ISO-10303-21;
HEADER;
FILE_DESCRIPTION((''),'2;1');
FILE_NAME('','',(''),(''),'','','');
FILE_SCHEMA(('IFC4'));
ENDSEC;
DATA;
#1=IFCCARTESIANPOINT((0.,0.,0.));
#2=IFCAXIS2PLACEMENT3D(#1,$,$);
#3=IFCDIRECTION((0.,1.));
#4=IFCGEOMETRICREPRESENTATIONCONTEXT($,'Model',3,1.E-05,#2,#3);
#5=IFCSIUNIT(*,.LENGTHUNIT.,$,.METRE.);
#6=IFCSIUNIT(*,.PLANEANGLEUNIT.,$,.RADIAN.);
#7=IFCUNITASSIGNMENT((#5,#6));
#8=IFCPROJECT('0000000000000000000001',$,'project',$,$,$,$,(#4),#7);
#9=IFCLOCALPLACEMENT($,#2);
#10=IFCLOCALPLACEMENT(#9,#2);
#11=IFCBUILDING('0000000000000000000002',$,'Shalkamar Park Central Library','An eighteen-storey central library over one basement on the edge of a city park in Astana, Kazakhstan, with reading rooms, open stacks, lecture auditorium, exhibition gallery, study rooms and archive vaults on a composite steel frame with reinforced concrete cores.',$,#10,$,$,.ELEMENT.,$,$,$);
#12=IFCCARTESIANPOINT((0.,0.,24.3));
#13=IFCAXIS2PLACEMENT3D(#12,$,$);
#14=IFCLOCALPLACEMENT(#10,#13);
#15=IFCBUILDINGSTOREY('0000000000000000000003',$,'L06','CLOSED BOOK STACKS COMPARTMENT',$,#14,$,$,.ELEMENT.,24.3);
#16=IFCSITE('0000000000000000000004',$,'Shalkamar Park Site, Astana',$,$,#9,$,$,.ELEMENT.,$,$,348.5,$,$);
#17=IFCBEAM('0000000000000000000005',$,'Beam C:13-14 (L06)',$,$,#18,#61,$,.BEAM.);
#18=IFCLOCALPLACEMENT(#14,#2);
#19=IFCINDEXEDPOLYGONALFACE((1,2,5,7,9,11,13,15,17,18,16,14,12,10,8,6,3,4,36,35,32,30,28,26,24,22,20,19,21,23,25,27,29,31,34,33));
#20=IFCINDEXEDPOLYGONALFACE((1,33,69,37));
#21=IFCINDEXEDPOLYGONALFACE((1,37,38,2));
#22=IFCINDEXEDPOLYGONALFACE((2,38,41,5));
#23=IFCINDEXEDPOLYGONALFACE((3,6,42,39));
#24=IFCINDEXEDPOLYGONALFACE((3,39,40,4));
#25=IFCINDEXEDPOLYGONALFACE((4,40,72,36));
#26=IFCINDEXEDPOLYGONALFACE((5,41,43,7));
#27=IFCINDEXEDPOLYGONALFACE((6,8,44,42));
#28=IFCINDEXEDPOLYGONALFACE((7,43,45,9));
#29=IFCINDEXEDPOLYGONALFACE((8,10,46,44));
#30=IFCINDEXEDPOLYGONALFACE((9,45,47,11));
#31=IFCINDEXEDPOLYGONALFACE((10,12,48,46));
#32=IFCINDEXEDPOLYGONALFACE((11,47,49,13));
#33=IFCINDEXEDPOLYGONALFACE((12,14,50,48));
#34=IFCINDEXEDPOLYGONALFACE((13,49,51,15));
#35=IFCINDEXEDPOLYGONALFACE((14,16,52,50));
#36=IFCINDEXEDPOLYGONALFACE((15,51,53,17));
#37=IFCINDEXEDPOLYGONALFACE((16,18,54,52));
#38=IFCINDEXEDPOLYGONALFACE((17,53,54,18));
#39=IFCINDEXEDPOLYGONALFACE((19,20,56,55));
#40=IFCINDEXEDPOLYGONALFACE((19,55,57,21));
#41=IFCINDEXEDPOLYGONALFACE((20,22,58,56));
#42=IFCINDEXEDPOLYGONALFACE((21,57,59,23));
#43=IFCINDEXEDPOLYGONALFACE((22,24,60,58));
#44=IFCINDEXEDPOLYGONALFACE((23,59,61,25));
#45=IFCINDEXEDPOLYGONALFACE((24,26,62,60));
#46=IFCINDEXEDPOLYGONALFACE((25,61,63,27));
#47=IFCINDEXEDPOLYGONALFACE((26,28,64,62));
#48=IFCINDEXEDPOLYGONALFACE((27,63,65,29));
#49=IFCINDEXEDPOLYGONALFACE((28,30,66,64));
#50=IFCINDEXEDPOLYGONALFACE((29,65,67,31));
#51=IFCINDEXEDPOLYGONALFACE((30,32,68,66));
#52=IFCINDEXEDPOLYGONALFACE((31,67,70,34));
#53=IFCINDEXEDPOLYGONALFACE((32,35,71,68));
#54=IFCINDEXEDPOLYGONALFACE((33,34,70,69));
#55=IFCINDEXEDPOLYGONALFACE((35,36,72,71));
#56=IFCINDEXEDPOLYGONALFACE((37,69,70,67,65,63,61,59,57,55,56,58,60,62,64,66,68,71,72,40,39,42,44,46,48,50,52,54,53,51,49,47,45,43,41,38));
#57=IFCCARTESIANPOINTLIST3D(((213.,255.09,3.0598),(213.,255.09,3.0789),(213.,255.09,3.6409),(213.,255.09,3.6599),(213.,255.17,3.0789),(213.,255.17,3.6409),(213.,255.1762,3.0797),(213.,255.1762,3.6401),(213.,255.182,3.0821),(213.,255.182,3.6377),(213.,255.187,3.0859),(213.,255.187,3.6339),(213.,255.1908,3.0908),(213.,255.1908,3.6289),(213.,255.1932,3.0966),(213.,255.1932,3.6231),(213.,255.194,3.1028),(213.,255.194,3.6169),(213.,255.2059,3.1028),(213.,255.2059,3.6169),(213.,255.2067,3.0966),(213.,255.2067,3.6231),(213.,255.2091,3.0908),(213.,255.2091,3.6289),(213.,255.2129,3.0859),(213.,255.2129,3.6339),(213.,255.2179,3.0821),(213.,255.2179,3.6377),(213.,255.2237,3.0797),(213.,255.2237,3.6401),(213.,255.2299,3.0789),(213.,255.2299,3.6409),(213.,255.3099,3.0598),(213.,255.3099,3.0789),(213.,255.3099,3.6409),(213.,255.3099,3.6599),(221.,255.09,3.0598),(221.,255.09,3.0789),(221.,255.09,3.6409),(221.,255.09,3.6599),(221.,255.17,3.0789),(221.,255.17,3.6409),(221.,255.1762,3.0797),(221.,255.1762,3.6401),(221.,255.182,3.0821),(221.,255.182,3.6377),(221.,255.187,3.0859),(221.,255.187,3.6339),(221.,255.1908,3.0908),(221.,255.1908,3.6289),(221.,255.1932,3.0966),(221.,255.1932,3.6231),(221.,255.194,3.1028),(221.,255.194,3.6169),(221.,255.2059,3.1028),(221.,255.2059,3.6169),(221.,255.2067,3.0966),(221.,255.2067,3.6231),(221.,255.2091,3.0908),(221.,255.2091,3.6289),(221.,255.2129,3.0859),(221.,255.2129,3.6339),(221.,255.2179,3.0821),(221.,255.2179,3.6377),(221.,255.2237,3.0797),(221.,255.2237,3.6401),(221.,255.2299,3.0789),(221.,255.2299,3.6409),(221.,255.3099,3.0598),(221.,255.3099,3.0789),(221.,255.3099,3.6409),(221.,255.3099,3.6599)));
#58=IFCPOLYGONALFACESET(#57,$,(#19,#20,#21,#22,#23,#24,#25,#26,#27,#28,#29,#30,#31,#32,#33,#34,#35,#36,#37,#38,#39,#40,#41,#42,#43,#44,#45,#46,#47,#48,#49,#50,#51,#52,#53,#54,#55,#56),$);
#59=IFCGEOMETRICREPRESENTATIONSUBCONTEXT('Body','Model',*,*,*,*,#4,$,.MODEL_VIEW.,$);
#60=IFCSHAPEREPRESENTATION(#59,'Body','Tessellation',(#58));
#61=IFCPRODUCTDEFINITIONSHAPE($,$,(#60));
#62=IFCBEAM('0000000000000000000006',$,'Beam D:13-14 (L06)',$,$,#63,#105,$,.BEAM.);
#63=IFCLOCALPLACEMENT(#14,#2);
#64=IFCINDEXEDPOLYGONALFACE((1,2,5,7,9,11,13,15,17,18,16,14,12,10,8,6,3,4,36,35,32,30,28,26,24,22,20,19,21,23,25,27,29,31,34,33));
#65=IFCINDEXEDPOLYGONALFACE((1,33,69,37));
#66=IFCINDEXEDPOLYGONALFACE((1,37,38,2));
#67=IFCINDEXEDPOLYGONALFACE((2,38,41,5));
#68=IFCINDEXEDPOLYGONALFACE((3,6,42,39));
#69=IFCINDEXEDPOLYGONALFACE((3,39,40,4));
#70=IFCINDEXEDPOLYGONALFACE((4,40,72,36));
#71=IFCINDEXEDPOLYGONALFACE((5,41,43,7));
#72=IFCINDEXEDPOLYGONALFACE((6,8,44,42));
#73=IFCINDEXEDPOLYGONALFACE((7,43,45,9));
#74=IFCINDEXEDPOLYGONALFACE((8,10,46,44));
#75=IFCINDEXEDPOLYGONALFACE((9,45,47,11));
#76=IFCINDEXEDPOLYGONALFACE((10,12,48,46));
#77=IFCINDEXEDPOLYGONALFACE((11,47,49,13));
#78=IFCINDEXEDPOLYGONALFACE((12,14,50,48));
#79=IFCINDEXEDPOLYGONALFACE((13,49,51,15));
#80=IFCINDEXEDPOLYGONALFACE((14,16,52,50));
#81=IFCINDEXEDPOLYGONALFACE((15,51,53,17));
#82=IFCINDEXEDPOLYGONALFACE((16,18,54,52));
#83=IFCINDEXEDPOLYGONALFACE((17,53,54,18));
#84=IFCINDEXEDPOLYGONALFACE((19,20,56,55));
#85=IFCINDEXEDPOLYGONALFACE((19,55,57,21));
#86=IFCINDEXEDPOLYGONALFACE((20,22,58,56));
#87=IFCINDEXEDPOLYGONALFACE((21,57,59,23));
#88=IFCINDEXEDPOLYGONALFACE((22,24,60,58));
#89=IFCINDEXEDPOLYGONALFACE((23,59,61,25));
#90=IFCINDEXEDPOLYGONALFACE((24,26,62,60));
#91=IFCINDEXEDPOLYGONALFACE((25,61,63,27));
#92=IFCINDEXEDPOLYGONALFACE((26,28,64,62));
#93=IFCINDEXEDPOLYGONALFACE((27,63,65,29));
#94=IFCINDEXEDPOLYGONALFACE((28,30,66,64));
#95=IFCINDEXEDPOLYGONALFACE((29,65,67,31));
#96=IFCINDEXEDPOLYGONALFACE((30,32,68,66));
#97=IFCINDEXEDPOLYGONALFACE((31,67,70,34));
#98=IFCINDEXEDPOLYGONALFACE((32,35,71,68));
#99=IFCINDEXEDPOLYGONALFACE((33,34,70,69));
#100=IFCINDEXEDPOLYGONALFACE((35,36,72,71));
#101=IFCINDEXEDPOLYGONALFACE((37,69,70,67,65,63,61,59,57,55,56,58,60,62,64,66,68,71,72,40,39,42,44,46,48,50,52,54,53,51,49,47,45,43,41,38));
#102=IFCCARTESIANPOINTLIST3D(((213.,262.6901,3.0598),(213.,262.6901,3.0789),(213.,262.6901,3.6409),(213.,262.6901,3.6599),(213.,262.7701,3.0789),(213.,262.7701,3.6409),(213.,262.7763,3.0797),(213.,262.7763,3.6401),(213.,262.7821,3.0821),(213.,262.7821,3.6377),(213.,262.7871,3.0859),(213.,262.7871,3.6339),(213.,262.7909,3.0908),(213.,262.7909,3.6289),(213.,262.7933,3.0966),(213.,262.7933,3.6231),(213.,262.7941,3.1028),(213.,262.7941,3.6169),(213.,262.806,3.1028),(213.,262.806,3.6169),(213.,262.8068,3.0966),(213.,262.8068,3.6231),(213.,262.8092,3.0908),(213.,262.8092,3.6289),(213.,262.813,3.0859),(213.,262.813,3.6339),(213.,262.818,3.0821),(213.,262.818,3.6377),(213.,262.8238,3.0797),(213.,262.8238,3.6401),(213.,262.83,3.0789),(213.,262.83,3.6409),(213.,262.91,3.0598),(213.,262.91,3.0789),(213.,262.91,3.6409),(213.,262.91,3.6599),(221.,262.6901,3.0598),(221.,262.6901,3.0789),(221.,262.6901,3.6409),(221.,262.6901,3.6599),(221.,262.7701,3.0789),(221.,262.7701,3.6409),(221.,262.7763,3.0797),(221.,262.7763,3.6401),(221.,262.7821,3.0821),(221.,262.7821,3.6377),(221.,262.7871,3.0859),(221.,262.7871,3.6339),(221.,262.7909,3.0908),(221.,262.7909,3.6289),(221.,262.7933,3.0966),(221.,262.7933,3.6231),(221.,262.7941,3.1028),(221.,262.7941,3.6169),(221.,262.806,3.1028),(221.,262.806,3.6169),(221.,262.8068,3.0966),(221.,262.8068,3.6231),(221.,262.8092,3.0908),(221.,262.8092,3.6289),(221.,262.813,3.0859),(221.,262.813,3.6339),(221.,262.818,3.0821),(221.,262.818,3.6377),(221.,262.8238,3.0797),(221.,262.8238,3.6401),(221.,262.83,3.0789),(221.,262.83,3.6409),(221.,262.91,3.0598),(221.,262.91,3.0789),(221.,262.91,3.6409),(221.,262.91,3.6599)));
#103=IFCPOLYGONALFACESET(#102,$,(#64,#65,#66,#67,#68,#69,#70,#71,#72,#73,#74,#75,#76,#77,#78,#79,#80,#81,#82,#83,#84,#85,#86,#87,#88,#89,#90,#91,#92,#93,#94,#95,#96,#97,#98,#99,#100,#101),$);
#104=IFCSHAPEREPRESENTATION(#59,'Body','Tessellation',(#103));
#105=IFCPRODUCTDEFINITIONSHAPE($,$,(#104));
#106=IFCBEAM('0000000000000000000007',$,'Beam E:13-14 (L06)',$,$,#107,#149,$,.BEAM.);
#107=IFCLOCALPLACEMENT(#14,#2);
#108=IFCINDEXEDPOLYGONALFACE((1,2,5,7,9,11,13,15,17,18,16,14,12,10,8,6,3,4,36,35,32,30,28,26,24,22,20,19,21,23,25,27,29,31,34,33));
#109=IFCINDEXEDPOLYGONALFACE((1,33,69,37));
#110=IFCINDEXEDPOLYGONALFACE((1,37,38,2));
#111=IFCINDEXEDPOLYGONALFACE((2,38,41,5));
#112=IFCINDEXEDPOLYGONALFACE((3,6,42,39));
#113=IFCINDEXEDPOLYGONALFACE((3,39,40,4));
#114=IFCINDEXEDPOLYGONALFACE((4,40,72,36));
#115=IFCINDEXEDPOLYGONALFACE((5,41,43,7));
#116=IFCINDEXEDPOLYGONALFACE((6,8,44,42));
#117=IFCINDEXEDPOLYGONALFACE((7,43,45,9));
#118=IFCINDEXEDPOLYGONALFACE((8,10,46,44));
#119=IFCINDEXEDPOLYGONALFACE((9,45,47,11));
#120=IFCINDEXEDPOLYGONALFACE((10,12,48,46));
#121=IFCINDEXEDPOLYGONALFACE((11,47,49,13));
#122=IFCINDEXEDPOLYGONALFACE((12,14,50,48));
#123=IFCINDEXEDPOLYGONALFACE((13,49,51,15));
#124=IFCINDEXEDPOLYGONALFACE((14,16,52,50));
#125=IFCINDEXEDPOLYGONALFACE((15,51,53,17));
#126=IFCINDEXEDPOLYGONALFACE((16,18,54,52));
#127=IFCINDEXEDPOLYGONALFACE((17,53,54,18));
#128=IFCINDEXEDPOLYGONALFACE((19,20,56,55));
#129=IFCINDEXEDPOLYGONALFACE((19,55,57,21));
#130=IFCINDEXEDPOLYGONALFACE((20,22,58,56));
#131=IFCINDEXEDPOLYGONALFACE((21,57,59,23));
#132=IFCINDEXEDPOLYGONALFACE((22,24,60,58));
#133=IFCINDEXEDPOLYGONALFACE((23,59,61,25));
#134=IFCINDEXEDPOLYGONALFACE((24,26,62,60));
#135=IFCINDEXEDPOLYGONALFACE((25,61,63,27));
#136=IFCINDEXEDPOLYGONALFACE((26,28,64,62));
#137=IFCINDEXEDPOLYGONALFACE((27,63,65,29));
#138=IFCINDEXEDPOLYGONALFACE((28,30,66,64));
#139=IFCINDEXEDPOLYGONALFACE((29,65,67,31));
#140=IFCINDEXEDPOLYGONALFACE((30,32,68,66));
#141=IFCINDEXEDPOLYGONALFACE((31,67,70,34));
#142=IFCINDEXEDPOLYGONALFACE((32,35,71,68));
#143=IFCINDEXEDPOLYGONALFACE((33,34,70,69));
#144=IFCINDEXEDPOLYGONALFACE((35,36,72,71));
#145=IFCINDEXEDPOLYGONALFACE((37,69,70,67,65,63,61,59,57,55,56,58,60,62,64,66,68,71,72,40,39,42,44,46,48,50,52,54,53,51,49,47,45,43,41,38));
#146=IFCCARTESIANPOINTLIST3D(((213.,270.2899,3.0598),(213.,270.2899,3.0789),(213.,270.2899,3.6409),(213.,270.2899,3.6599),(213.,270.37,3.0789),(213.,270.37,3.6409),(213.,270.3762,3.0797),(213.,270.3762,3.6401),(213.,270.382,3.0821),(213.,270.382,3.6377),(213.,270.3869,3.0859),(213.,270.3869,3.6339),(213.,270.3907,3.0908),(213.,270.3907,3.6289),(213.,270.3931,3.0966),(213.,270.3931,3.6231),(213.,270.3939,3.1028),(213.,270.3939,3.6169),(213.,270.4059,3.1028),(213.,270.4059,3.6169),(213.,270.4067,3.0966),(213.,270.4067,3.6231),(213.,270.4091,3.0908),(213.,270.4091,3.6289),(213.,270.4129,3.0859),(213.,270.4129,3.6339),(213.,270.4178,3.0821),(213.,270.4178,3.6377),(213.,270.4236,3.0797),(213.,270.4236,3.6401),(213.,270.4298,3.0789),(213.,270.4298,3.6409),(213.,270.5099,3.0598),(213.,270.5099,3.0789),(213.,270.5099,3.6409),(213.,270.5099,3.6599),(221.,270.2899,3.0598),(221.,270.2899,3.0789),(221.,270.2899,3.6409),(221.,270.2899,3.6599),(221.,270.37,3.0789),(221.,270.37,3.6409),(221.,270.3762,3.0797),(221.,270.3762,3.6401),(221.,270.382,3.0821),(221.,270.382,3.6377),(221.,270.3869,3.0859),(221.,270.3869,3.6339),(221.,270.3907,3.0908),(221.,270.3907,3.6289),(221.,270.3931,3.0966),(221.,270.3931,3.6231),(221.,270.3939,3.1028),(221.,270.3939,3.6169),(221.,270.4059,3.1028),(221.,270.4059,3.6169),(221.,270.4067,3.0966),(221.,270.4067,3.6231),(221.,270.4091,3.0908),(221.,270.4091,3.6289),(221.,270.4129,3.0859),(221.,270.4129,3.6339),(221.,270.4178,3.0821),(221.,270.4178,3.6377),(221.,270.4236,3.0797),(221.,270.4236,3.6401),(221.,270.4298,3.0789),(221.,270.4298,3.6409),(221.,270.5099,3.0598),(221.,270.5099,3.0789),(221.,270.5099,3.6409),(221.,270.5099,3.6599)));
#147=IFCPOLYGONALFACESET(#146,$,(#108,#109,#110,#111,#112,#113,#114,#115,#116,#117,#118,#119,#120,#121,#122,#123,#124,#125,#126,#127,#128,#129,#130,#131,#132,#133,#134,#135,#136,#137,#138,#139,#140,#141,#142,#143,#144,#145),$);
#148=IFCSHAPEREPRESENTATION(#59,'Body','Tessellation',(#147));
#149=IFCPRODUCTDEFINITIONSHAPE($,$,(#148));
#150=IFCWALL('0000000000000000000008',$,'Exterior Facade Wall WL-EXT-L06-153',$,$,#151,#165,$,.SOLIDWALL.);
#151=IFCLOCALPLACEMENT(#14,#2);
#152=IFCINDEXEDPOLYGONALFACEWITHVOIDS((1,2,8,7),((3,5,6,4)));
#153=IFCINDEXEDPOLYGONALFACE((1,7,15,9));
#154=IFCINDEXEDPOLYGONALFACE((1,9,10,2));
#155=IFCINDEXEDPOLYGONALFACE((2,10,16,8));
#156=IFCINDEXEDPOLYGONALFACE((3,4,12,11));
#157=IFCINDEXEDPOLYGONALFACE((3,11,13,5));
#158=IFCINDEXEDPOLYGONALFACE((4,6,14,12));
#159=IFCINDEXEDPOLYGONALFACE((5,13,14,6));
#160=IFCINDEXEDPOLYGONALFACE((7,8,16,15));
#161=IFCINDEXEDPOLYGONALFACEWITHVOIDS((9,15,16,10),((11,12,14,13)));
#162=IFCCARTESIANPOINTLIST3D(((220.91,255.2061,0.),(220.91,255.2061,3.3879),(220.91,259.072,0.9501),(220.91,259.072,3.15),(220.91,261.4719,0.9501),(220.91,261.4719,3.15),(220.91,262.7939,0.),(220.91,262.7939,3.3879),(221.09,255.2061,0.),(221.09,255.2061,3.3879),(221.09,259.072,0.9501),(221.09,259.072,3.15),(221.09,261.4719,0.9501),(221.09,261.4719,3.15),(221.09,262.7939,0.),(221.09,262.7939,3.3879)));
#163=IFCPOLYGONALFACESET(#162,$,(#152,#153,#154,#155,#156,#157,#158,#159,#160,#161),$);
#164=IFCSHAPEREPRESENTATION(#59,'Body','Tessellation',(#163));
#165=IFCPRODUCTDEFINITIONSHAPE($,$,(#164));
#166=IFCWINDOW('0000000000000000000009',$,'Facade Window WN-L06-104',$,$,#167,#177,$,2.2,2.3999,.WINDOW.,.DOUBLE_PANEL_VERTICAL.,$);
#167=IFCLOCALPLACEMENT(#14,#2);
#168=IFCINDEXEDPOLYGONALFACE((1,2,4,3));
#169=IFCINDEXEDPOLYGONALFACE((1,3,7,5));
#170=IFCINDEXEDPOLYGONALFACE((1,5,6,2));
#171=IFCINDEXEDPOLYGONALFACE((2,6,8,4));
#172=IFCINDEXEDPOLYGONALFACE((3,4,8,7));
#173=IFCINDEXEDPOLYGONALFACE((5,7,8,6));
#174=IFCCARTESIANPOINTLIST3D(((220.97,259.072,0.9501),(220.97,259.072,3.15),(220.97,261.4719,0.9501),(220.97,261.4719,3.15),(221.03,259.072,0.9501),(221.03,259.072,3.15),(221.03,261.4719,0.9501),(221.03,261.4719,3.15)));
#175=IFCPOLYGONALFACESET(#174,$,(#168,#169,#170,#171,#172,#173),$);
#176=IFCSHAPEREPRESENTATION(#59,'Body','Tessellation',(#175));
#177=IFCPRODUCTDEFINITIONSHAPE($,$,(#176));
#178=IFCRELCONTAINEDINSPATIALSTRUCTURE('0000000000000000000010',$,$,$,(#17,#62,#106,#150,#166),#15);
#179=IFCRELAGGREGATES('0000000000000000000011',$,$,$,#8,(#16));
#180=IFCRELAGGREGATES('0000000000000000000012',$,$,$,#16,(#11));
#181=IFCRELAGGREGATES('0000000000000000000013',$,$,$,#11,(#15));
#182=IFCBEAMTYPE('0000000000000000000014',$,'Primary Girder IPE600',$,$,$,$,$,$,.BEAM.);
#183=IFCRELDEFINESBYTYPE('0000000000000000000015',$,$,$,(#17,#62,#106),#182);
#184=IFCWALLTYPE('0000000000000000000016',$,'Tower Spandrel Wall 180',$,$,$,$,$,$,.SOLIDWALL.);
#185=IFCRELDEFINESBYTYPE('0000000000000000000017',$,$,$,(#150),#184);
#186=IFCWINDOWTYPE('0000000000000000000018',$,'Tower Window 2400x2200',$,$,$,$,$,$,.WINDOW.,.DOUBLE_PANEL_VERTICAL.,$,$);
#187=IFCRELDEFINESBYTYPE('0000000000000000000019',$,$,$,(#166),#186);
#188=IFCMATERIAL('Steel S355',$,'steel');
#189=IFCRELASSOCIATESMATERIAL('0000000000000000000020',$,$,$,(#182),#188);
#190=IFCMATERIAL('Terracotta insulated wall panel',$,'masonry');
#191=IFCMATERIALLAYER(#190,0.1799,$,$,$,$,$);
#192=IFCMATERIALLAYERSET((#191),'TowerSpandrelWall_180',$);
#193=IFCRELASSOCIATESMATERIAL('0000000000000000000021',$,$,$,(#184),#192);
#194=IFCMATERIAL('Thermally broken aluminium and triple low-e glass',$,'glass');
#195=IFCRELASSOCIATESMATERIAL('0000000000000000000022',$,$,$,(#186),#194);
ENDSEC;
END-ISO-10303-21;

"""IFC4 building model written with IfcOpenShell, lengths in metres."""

from ifc_helpers import new_model, si_unit, direction, frame, frame_2d, origin, origin_2d, place, context, subcontext, project, spatial, rectangle, i_section, extrude, material, layer, layer_set, material_profile, profile_set, type_object, element, fill, save


model = new_model("IFC4")

# Units and contexts
model_context = context("Model", 3, precision=1e-05, world=origin(), true_north=direction((0.0, 1.0)))
body_context = subcontext(model_context, "Body", "Model", "MODEL_VIEW")
ifc_project = project(units=[si_unit("LENGTHUNIT", "METRE"), si_unit("PLANEANGLEUNIT", "RADIAN")], contexts=[model_context])

# Site, building, storey
site_placement = place(None, origin())
site = spatial("IfcSite", under=ifc_project, at=site_placement, Name="Shalkamar Park Site, Astana", CompositionType="ELEMENT", RefElevation=348.5)
building_placement = place(site_placement, origin())
building = spatial("IfcBuilding", under=site, at=building_placement, Name="Shalkamar Park Central Library", Description="An eighteen-storey central library over one basement on the edge of a city park in Astana, Kazakhstan, with reading rooms, open stacks, lecture auditorium, exhibition gallery, study rooms and archive vaults on a composite steel frame with reinforced concrete cores.", CompositionType="ELEMENT")
storey_placement = place(building_placement, frame((0.0, 0.0, 24.3)))
storey = spatial("IfcBuildingStorey", under=building, at=storey_placement, Name="L06", Description="CLOSED BOOK STACKS COMPARTMENT", CompositionType="ELEMENT", Elevation=24.3)

# Shared definitions
ifc_material_1 = material(Name="Steel S355", Category="steel")

# Beams
ifc_material_profile_1 = material_profile(ifc_material_1, i_section(OverallWidth=0.22, OverallDepth=0.6001, WebThickness=0.012, FlangeThickness=0.019, FilletRadius=0.0239, at=origin_2d()), Name="IPE 600")
ifc_profile_set_1 = profile_set([ifc_material_profile_1], Name="Steel S355")
beam_type_1 = type_object("IfcBeamType", Name="Primary Girder IPE600", PredefinedType="BEAM", material=ifc_profile_set_1)
for number, where, z_axis, x_axis, name in (
    (1, (213.0, 255.2, 3.3599), (1.0, 0.0, 0.0), (0.0, 1.0, 0.0), "Beam C:13-14 (L06)"),
    (2, (213.0, 262.8, 3.3599), (1.0, 0.0, 0.0), (0.0, 1.0, 0.0), "Beam D:13-14 (L06)"),
    (3, (213.0, 270.3999, 3.3599), (1.0, 0.0, 0.0), (0.0, 1.0, 0.0), "Beam E:13-14 (L06)"),
):
    element("IfcBeam", number, at=place(storey_placement, frame(where, z_axis=z_axis, x_axis=x_axis)), inside=storey, type_object=beam_type_1, Name=name, PredefinedType="BEAM", context=body_context, shape_type="SweptSolid", body=[
        extrude(i_section(OverallWidth=0.22, OverallDepth=0.6001, WebThickness=0.012, FlangeThickness=0.019, FilletRadius=0.0239, at=origin_2d()), origin(), (0.0, 0.0, 1.0), 8.0),
    ])

# Wall, opening, window
ifc_material_2 = material(Name="Terracotta insulated wall panel", Category="masonry")
ifc_layer_1 = layer(ifc_material_2, 0.1799)
ifc_layer_set_1 = layer_set([ifc_layer_1], Name="TowerSpandrelWall_180")
wall_type = type_object("IfcWallType", Name="Tower Spandrel Wall 180", PredefinedType="SOLIDWALL", material=ifc_layer_set_1)
wall_1_placement = place(storey_placement, frame((221.0, 255.2061, 0.0), z_axis=(0.0, 0.0, 1.0), x_axis=(0.0, 1.0, 0.0)))
wall_1 = element("IfcWall", 4, at=wall_1_placement, inside=storey, type_object=wall_type, Name="Exterior Facade Wall WL-EXT-L06-153", PredefinedType="SOLIDWALL", context=body_context, shape_type="SweptSolid", body=[
    extrude(rectangle(XDim=7.5879, YDim=0.1799, at=frame_2d((3.7939, 0.0))), origin(), (0.0, 0.0, 1.0), 3.3879),
])
opening_1_placement = place(wall_1_placement, frame((3.866, 0.0, 0.95)))
opening_1 = element("IfcOpeningElement", 5, at=opening_1_placement, cuts=wall_1, PredefinedType="OPENING", context=body_context, shape_type="SweptSolid", body=[
    extrude(rectangle(XDim=2.3999, YDim=2.2, at=frame_2d((1.2, 1.1001))), frame((0.0, 0.105, 0.0), z_axis=(0.0, -1.0, 0.0), x_axis=(1.0, 0.0, 0.0)), (0.0, 0.0, 1.0), 0.2097),
])
ifc_material_3 = material(Name="Thermally broken aluminium and triple low-e glass", Category="glass")
window_type_1 = type_object("IfcWindowType", Name="Tower Window 2400x2200", PartitioningType="DOUBLE_PANEL_VERTICAL", PredefinedType="WINDOW", material=ifc_material_3)
window_1_placement = place(opening_1_placement, origin())
window_1 = element("IfcWindow", 6, at=window_1_placement, inside=storey, type_object=window_type_1, Name="Facade Window WN-L06-104", OverallHeight=2.2, OverallWidth=2.3999, PartitioningType="DOUBLE_PANEL_VERTICAL", PredefinedType="WINDOW", context=body_context, shape_type="SweptSolid", body=[
    extrude(rectangle(XDim=2.3999, YDim=2.2, at=frame_2d((1.2, 1.1001))), frame((0.0, 0.03, 0.0), z_axis=(0.0, -1.0, 0.0), x_axis=(1.0, 0.0, 0.0)), (0.0, 0.0, 1.0), 0.0601),
])
fill(opening_1, window_1)

save(model, "model.ifc")
